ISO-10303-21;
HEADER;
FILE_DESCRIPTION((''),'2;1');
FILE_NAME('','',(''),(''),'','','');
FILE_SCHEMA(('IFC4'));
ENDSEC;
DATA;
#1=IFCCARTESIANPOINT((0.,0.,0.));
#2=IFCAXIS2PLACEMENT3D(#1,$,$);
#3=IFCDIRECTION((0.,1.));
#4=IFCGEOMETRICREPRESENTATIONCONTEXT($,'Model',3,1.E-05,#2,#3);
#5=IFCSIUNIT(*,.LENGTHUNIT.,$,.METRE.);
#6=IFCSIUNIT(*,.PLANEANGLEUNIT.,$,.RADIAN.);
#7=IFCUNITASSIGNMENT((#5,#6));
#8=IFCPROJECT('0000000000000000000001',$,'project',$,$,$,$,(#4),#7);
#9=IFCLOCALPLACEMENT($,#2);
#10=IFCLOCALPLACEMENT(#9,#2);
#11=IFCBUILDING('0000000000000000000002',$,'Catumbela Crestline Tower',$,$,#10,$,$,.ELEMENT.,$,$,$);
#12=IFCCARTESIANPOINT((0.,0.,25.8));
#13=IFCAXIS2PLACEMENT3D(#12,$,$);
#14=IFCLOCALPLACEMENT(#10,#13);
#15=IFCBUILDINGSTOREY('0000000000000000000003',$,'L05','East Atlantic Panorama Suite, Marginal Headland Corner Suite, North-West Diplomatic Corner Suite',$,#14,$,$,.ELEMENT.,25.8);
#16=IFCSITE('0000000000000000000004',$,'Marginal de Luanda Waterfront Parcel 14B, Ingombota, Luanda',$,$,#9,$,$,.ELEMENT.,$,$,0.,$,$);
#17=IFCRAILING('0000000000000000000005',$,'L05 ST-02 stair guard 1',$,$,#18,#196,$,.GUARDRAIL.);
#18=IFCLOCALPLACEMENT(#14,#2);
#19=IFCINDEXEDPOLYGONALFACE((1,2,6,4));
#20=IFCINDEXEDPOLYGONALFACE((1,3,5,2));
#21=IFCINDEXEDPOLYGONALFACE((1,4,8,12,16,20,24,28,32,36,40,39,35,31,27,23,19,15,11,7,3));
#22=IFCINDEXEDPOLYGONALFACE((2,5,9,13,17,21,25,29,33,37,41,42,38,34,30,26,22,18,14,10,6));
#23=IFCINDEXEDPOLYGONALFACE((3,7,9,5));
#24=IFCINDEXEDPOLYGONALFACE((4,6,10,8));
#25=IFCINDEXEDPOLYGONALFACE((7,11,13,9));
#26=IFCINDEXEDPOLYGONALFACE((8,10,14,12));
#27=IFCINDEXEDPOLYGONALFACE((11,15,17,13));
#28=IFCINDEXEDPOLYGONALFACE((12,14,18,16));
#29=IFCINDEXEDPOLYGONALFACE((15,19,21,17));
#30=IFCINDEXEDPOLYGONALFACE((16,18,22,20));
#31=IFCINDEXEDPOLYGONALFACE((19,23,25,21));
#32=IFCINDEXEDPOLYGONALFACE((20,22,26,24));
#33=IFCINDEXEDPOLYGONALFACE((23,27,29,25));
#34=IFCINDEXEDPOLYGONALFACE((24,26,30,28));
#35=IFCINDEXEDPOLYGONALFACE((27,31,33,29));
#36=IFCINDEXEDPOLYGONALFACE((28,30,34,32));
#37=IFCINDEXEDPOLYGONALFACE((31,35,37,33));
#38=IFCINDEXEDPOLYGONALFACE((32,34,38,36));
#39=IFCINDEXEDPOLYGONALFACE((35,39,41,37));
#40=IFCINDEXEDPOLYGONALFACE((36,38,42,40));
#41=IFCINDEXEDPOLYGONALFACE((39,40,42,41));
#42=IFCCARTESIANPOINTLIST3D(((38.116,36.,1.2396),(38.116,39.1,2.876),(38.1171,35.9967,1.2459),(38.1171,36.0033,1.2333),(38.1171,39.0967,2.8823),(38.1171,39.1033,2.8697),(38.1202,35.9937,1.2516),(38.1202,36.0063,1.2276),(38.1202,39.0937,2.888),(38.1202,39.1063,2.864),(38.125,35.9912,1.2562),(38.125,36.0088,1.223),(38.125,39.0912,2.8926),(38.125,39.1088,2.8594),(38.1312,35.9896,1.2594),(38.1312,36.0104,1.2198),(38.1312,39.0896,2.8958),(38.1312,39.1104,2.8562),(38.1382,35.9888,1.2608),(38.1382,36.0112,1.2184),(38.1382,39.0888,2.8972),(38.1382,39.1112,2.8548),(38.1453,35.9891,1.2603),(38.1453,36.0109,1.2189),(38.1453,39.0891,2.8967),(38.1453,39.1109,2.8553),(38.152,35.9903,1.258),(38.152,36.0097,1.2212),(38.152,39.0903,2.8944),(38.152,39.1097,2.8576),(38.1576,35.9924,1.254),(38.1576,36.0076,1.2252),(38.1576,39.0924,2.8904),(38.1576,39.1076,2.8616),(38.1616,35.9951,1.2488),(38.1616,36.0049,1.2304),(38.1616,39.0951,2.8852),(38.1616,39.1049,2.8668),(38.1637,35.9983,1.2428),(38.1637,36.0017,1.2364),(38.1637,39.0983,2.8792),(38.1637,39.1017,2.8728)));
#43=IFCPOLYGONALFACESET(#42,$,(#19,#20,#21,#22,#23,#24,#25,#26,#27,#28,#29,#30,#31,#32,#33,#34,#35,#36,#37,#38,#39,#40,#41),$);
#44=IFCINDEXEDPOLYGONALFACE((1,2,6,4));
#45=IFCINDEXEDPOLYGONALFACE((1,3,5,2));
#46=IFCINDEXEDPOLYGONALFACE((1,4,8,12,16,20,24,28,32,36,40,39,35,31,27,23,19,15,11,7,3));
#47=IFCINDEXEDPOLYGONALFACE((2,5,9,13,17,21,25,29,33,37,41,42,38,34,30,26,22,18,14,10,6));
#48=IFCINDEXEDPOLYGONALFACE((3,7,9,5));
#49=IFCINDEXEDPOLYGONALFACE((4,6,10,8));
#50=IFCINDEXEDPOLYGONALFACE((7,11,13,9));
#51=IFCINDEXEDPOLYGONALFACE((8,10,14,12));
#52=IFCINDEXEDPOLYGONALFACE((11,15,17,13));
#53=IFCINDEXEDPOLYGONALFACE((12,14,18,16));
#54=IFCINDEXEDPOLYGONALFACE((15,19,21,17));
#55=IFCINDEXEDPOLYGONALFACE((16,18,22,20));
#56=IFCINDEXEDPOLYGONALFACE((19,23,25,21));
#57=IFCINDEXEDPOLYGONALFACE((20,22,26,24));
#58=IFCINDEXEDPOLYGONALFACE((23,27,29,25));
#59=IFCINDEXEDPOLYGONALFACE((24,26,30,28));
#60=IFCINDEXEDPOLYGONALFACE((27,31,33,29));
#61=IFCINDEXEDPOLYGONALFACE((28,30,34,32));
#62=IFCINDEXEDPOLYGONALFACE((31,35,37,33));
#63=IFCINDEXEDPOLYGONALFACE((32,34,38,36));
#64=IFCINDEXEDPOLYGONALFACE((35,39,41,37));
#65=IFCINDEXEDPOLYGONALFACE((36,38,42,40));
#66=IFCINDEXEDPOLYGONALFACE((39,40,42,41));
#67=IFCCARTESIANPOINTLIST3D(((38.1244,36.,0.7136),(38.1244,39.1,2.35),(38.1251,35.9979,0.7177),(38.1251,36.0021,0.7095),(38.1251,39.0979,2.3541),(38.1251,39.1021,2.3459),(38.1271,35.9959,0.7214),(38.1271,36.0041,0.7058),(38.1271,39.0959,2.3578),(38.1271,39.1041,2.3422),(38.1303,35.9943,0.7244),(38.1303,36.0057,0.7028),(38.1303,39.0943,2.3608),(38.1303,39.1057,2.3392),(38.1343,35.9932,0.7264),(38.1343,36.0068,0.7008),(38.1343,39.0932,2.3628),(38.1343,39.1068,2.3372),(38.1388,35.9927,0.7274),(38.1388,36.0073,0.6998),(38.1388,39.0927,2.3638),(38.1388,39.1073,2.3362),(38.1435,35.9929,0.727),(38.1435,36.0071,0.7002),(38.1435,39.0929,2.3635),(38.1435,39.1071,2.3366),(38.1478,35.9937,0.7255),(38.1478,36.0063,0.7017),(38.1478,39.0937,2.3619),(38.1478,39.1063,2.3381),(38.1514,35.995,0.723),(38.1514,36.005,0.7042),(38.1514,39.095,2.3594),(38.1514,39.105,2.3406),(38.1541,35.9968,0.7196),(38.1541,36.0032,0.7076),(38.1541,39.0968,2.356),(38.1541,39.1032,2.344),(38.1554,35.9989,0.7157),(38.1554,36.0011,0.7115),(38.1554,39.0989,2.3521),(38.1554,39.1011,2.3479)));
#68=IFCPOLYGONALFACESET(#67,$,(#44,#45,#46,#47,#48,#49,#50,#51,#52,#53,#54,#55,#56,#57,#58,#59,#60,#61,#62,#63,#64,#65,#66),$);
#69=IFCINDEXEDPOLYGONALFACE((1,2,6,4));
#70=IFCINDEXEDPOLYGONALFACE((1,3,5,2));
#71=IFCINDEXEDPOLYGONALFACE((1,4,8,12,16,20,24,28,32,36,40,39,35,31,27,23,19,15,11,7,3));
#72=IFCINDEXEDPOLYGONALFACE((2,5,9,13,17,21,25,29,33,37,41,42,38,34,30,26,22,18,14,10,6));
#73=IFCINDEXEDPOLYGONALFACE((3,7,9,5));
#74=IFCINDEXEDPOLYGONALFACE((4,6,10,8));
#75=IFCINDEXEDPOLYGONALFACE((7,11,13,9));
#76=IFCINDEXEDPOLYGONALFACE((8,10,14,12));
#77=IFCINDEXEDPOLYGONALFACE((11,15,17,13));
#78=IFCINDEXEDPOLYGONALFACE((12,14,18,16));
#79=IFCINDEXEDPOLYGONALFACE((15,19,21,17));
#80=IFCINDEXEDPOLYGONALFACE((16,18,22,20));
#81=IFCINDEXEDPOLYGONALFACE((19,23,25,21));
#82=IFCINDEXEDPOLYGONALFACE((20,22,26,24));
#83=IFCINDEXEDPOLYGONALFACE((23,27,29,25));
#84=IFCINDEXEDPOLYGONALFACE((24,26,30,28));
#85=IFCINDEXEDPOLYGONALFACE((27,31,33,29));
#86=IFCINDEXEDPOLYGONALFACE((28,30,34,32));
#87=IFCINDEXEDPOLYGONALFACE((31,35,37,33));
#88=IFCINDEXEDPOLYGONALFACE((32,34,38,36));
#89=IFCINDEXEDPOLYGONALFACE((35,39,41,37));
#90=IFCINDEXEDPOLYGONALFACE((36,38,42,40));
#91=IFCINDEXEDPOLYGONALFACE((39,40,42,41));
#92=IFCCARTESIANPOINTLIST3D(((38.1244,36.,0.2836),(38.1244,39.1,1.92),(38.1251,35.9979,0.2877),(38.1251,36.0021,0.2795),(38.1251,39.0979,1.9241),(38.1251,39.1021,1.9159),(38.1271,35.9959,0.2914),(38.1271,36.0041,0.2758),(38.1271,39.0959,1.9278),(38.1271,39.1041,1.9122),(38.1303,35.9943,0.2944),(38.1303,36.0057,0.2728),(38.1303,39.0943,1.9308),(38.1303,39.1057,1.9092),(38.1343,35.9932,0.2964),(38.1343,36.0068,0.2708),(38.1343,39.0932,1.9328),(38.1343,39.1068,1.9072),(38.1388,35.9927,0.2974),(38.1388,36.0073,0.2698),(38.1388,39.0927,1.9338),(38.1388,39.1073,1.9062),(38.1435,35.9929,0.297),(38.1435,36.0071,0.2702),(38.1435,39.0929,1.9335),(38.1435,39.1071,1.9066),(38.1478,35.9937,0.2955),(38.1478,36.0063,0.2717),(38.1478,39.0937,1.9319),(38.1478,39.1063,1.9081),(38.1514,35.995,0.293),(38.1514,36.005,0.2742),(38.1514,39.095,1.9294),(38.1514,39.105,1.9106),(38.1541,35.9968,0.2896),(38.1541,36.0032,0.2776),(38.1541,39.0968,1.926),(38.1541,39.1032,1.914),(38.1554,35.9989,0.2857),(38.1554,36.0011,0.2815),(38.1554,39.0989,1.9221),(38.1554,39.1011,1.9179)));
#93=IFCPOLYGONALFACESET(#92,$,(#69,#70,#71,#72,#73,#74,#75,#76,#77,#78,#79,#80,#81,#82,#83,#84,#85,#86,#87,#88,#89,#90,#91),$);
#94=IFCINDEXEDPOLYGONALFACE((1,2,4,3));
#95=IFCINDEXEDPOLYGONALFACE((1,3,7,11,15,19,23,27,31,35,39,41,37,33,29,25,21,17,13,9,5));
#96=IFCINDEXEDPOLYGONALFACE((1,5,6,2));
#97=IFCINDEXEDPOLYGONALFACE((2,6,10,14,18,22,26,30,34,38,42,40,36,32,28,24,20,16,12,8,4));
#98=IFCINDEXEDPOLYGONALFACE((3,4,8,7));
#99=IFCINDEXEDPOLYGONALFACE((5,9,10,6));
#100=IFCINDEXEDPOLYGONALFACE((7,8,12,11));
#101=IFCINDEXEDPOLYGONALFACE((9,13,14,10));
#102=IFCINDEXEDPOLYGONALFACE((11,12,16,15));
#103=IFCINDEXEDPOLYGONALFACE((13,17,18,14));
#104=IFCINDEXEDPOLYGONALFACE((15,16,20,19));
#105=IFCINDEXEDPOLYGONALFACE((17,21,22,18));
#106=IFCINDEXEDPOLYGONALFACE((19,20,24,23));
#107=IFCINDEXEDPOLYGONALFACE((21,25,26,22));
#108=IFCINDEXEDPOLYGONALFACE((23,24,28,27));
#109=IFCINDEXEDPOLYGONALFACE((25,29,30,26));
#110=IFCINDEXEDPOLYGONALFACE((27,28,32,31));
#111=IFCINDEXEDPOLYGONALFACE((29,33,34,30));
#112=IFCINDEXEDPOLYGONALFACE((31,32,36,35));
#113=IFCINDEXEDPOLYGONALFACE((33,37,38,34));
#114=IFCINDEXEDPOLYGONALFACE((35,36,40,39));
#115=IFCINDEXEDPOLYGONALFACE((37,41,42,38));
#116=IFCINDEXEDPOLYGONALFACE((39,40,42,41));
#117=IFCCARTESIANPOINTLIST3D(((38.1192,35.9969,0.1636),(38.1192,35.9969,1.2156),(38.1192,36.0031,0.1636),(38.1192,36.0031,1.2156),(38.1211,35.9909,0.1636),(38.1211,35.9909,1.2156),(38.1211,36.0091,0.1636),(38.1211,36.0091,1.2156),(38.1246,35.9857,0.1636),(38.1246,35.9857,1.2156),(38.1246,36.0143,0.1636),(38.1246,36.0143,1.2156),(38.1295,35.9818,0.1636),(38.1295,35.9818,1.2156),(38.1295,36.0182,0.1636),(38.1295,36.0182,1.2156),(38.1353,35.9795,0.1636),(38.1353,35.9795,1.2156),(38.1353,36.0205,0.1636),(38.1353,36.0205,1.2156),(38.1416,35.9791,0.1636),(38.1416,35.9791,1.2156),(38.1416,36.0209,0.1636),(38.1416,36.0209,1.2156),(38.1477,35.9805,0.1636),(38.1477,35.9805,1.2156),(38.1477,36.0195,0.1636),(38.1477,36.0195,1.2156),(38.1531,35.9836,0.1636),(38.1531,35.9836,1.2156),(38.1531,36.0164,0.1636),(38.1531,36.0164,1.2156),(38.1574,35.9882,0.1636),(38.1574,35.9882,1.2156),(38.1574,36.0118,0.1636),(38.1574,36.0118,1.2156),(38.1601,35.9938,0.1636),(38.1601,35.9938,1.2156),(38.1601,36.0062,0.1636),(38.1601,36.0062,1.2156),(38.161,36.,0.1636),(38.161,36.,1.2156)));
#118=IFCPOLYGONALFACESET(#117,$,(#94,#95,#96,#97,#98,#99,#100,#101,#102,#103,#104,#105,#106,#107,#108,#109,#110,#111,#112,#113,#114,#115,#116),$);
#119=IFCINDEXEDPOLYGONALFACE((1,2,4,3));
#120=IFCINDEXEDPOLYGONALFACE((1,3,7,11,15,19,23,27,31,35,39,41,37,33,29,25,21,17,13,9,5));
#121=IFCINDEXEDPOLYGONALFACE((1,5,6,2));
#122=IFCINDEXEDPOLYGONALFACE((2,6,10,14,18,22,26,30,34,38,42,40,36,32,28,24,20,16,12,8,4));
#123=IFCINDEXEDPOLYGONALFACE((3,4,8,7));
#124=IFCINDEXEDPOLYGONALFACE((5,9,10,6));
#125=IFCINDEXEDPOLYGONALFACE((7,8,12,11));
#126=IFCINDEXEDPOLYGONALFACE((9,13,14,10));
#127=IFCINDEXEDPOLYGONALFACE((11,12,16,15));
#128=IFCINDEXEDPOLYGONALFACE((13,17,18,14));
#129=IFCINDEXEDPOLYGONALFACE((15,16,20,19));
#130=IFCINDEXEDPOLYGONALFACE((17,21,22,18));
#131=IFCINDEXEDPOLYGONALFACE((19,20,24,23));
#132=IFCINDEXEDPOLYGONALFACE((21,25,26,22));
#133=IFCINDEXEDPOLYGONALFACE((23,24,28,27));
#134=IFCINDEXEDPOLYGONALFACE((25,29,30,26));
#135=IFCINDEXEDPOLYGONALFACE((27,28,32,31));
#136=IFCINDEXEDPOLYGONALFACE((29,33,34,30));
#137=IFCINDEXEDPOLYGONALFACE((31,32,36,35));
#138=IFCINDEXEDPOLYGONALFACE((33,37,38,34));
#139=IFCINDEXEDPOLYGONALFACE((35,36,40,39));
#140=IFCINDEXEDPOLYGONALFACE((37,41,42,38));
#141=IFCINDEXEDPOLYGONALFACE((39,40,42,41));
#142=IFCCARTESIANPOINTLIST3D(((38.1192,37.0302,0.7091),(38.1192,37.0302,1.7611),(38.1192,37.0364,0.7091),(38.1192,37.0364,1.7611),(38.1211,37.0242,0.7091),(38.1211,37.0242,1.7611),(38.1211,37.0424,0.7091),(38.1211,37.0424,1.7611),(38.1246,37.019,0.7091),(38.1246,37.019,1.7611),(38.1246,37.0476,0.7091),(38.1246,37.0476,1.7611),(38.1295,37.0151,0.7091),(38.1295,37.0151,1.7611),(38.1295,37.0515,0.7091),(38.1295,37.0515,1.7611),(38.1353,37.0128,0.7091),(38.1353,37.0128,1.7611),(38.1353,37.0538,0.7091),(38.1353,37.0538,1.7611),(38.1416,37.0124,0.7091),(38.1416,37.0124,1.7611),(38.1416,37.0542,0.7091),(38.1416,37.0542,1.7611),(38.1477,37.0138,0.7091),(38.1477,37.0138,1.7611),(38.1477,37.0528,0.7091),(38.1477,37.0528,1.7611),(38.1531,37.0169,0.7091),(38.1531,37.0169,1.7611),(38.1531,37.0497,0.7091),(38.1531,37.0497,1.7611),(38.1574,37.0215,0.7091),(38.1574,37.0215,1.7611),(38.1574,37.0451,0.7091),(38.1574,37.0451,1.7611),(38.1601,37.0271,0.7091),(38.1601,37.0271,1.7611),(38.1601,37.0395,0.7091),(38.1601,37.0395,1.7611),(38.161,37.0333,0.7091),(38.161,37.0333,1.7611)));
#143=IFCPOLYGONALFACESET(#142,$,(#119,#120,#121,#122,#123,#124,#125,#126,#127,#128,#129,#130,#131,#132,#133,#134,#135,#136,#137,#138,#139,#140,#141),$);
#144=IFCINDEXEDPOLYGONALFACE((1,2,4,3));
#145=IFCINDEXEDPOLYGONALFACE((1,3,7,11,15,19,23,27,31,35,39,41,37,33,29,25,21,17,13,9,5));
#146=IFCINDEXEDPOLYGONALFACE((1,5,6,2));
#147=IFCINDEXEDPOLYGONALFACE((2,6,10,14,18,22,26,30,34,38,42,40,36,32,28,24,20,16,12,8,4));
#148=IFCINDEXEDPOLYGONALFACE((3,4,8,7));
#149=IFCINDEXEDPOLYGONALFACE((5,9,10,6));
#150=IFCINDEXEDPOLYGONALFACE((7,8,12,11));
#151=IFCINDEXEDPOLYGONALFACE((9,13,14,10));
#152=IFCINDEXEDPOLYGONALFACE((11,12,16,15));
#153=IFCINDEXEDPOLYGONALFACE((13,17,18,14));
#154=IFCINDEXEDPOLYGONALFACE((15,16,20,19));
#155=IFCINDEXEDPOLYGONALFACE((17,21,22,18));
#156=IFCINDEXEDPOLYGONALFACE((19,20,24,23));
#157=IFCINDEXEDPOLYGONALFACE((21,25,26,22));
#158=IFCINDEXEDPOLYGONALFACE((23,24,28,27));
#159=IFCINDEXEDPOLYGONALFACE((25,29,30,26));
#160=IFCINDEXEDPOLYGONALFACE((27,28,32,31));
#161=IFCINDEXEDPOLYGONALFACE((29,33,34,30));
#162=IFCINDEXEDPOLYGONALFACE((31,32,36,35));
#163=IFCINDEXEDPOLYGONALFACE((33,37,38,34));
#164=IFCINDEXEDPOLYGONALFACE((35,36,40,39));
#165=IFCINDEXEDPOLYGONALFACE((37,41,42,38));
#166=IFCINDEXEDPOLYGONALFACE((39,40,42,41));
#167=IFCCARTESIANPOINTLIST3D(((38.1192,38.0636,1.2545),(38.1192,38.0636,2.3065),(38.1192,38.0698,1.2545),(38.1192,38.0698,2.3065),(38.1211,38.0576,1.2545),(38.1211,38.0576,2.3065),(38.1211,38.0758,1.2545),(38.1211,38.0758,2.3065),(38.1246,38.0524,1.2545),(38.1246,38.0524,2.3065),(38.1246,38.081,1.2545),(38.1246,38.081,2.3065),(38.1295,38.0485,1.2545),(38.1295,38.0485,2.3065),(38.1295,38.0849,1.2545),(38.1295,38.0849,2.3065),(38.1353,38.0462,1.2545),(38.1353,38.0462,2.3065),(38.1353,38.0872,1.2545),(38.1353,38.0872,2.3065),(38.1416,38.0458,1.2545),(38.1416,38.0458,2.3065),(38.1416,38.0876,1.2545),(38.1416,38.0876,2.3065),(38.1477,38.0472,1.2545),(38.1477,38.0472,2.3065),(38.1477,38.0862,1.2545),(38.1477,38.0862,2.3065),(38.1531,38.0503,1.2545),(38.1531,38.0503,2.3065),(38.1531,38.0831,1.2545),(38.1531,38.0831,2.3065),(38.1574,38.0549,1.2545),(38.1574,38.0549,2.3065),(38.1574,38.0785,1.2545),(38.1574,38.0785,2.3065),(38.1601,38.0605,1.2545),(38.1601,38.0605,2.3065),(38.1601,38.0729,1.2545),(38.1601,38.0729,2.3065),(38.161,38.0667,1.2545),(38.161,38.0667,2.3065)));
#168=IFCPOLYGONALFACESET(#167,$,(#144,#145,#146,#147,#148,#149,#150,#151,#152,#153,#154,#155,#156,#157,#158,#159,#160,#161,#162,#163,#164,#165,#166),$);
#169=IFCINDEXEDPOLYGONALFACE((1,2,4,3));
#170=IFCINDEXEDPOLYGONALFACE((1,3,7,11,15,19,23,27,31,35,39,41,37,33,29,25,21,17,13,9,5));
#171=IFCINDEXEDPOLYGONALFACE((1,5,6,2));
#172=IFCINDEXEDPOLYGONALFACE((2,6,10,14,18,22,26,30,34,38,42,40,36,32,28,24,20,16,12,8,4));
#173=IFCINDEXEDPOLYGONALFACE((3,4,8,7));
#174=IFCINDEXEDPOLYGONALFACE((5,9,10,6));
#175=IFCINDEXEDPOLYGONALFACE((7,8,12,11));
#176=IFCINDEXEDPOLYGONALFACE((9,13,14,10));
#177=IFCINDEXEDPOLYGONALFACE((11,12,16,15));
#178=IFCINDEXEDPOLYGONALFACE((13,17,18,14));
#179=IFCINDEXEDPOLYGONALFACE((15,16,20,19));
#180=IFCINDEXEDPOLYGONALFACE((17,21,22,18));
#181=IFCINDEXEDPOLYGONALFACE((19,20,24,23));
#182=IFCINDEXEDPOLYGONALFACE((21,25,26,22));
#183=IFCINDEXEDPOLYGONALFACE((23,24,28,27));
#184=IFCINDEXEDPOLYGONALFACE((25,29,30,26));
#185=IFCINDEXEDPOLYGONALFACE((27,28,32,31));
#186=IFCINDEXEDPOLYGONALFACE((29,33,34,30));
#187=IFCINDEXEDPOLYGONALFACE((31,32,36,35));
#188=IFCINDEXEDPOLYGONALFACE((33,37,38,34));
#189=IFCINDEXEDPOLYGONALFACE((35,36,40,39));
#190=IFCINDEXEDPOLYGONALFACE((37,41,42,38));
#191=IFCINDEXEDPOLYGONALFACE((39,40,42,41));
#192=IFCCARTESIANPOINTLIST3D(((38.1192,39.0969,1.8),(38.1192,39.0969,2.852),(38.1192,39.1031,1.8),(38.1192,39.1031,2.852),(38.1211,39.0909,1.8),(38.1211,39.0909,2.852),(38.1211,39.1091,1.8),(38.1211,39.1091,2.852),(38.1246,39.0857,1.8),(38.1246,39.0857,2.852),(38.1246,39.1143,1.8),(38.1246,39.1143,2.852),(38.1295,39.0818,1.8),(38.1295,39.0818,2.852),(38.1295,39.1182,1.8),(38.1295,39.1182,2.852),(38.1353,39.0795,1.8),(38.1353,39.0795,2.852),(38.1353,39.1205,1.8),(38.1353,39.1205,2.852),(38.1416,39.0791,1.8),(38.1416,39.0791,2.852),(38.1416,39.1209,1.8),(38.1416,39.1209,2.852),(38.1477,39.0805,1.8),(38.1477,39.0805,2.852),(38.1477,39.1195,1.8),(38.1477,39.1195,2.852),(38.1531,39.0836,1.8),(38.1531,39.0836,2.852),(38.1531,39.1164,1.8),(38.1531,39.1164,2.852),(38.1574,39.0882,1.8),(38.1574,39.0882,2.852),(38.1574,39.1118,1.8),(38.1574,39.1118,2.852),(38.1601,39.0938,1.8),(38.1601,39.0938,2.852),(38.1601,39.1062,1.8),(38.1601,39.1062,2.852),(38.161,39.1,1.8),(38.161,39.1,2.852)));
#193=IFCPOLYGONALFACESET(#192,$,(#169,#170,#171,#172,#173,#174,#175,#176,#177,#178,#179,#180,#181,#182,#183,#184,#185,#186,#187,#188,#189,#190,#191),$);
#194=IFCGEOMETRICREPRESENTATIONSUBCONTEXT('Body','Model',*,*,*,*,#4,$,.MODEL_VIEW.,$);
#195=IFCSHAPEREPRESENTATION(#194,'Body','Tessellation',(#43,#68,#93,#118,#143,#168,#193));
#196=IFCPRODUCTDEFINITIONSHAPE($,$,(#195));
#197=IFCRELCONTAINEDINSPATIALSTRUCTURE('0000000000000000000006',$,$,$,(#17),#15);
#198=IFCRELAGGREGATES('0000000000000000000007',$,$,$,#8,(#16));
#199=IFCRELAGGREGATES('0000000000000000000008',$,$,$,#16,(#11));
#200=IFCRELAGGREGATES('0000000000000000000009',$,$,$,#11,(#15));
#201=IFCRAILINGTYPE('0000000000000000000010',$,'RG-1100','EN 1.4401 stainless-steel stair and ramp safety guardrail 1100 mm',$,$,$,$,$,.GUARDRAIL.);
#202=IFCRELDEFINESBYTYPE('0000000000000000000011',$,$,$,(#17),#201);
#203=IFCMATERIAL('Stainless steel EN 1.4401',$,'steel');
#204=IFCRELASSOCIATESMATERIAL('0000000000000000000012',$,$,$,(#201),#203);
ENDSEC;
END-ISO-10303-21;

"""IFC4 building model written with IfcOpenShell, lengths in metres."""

from ifc_helpers import new_model, si_unit, direction, frame, origin, origin_2d, place, context, subcontext, project, spatial, circle, extrude, material, type_object, element, save


model = new_model("IFC4")

# Units and contexts
model_context = context("Model", 3, precision=1e-05, world=origin(), true_north=direction((0.0, 1.0)))
body_context = subcontext(model_context, "Body", "Model", "MODEL_VIEW")
ifc_project = project(units=[si_unit("LENGTHUNIT", "METRE"), si_unit("PLANEANGLEUNIT", "RADIAN")], contexts=[model_context])

# Site, building, storey
site_placement = place(None, origin())
site = spatial("IfcSite", under=ifc_project, at=site_placement, Name="Marginal de Luanda Waterfront Parcel 14B, Ingombota, Luanda", CompositionType="ELEMENT", RefElevation=0.0)
building_placement = place(site_placement, origin())
building = spatial("IfcBuilding", under=site, at=building_placement, Name="Catumbela Crestline Tower", CompositionType="ELEMENT")
storey_placement = place(building_placement, frame((0.0, 0.0, 25.8)))
storey = spatial("IfcBuildingStorey", under=building, at=storey_placement, Name="L05", Description="East Atlantic Panorama Suite, Marginal Headland Corner Suite, North-West Diplomatic Corner Suite", CompositionType="ELEMENT", Elevation=25.8)

# Shared definitions
ifc_material_1 = material(Name="Stainless steel EN 1.4401", Category="steel")

# Railing
railing_type_1 = type_object("IfcRailingType", Name="RG-1100", Description="EN 1.4401 stainless-steel stair and ramp safety guardrail 1100 mm", PredefinedType="GUARDRAIL", material=ifc_material_1)
railing_1_placement = place(storey_placement, frame((38.14, 36.0, 0.1636)))
element("IfcRailing", 1, at=railing_1_placement, inside=storey, type_object=railing_type_1, Name="L05 ST-02 stair guard 1", PredefinedType="GUARDRAIL", context=body_context, shape_type="SweptSolid", body=[
    extrude(circle(Radius=0.024, at=origin_2d()), frame((0.0, 0.0, 1.076), z_axis=(0.0, 0.884351, 0.466823), x_axis=(-1.0, 0.0, 0.0)), (0.0, 0.0, 1.0), 3.5054),
    extrude(circle(Radius=0.0156, at=origin_2d()), frame((0.0, 0.0, 0.55), z_axis=(0.0, 0.884351, 0.466823), x_axis=(-1.0, 0.0, 0.0)), (0.0, 0.0, 1.0), 3.5054),
    extrude(circle(Radius=0.0156, at=origin_2d()), frame((0.0, 0.0, 0.12), z_axis=(0.0, 0.884351, 0.466823), x_axis=(-1.0, 0.0, 0.0)), (0.0, 0.0, 1.0), 3.5054),
    extrude(circle(Radius=0.021, at=origin_2d()), origin(), (0.0, 0.0, 1.0), 1.052),
    extrude(circle(Radius=0.021, at=origin_2d()), frame((0.0, 1.0333, 0.5455)), (0.0, 0.0, 1.0), 1.052),
    extrude(circle(Radius=0.021, at=origin_2d()), frame((0.0, 2.0667, 1.0909)), (0.0, 0.0, 1.0), 1.052),
    extrude(circle(Radius=0.021, at=origin_2d()), frame((0.0, 3.1, 1.6364)), (0.0, 0.0, 1.0), 1.052),
])

save(model, "model.ifc")
